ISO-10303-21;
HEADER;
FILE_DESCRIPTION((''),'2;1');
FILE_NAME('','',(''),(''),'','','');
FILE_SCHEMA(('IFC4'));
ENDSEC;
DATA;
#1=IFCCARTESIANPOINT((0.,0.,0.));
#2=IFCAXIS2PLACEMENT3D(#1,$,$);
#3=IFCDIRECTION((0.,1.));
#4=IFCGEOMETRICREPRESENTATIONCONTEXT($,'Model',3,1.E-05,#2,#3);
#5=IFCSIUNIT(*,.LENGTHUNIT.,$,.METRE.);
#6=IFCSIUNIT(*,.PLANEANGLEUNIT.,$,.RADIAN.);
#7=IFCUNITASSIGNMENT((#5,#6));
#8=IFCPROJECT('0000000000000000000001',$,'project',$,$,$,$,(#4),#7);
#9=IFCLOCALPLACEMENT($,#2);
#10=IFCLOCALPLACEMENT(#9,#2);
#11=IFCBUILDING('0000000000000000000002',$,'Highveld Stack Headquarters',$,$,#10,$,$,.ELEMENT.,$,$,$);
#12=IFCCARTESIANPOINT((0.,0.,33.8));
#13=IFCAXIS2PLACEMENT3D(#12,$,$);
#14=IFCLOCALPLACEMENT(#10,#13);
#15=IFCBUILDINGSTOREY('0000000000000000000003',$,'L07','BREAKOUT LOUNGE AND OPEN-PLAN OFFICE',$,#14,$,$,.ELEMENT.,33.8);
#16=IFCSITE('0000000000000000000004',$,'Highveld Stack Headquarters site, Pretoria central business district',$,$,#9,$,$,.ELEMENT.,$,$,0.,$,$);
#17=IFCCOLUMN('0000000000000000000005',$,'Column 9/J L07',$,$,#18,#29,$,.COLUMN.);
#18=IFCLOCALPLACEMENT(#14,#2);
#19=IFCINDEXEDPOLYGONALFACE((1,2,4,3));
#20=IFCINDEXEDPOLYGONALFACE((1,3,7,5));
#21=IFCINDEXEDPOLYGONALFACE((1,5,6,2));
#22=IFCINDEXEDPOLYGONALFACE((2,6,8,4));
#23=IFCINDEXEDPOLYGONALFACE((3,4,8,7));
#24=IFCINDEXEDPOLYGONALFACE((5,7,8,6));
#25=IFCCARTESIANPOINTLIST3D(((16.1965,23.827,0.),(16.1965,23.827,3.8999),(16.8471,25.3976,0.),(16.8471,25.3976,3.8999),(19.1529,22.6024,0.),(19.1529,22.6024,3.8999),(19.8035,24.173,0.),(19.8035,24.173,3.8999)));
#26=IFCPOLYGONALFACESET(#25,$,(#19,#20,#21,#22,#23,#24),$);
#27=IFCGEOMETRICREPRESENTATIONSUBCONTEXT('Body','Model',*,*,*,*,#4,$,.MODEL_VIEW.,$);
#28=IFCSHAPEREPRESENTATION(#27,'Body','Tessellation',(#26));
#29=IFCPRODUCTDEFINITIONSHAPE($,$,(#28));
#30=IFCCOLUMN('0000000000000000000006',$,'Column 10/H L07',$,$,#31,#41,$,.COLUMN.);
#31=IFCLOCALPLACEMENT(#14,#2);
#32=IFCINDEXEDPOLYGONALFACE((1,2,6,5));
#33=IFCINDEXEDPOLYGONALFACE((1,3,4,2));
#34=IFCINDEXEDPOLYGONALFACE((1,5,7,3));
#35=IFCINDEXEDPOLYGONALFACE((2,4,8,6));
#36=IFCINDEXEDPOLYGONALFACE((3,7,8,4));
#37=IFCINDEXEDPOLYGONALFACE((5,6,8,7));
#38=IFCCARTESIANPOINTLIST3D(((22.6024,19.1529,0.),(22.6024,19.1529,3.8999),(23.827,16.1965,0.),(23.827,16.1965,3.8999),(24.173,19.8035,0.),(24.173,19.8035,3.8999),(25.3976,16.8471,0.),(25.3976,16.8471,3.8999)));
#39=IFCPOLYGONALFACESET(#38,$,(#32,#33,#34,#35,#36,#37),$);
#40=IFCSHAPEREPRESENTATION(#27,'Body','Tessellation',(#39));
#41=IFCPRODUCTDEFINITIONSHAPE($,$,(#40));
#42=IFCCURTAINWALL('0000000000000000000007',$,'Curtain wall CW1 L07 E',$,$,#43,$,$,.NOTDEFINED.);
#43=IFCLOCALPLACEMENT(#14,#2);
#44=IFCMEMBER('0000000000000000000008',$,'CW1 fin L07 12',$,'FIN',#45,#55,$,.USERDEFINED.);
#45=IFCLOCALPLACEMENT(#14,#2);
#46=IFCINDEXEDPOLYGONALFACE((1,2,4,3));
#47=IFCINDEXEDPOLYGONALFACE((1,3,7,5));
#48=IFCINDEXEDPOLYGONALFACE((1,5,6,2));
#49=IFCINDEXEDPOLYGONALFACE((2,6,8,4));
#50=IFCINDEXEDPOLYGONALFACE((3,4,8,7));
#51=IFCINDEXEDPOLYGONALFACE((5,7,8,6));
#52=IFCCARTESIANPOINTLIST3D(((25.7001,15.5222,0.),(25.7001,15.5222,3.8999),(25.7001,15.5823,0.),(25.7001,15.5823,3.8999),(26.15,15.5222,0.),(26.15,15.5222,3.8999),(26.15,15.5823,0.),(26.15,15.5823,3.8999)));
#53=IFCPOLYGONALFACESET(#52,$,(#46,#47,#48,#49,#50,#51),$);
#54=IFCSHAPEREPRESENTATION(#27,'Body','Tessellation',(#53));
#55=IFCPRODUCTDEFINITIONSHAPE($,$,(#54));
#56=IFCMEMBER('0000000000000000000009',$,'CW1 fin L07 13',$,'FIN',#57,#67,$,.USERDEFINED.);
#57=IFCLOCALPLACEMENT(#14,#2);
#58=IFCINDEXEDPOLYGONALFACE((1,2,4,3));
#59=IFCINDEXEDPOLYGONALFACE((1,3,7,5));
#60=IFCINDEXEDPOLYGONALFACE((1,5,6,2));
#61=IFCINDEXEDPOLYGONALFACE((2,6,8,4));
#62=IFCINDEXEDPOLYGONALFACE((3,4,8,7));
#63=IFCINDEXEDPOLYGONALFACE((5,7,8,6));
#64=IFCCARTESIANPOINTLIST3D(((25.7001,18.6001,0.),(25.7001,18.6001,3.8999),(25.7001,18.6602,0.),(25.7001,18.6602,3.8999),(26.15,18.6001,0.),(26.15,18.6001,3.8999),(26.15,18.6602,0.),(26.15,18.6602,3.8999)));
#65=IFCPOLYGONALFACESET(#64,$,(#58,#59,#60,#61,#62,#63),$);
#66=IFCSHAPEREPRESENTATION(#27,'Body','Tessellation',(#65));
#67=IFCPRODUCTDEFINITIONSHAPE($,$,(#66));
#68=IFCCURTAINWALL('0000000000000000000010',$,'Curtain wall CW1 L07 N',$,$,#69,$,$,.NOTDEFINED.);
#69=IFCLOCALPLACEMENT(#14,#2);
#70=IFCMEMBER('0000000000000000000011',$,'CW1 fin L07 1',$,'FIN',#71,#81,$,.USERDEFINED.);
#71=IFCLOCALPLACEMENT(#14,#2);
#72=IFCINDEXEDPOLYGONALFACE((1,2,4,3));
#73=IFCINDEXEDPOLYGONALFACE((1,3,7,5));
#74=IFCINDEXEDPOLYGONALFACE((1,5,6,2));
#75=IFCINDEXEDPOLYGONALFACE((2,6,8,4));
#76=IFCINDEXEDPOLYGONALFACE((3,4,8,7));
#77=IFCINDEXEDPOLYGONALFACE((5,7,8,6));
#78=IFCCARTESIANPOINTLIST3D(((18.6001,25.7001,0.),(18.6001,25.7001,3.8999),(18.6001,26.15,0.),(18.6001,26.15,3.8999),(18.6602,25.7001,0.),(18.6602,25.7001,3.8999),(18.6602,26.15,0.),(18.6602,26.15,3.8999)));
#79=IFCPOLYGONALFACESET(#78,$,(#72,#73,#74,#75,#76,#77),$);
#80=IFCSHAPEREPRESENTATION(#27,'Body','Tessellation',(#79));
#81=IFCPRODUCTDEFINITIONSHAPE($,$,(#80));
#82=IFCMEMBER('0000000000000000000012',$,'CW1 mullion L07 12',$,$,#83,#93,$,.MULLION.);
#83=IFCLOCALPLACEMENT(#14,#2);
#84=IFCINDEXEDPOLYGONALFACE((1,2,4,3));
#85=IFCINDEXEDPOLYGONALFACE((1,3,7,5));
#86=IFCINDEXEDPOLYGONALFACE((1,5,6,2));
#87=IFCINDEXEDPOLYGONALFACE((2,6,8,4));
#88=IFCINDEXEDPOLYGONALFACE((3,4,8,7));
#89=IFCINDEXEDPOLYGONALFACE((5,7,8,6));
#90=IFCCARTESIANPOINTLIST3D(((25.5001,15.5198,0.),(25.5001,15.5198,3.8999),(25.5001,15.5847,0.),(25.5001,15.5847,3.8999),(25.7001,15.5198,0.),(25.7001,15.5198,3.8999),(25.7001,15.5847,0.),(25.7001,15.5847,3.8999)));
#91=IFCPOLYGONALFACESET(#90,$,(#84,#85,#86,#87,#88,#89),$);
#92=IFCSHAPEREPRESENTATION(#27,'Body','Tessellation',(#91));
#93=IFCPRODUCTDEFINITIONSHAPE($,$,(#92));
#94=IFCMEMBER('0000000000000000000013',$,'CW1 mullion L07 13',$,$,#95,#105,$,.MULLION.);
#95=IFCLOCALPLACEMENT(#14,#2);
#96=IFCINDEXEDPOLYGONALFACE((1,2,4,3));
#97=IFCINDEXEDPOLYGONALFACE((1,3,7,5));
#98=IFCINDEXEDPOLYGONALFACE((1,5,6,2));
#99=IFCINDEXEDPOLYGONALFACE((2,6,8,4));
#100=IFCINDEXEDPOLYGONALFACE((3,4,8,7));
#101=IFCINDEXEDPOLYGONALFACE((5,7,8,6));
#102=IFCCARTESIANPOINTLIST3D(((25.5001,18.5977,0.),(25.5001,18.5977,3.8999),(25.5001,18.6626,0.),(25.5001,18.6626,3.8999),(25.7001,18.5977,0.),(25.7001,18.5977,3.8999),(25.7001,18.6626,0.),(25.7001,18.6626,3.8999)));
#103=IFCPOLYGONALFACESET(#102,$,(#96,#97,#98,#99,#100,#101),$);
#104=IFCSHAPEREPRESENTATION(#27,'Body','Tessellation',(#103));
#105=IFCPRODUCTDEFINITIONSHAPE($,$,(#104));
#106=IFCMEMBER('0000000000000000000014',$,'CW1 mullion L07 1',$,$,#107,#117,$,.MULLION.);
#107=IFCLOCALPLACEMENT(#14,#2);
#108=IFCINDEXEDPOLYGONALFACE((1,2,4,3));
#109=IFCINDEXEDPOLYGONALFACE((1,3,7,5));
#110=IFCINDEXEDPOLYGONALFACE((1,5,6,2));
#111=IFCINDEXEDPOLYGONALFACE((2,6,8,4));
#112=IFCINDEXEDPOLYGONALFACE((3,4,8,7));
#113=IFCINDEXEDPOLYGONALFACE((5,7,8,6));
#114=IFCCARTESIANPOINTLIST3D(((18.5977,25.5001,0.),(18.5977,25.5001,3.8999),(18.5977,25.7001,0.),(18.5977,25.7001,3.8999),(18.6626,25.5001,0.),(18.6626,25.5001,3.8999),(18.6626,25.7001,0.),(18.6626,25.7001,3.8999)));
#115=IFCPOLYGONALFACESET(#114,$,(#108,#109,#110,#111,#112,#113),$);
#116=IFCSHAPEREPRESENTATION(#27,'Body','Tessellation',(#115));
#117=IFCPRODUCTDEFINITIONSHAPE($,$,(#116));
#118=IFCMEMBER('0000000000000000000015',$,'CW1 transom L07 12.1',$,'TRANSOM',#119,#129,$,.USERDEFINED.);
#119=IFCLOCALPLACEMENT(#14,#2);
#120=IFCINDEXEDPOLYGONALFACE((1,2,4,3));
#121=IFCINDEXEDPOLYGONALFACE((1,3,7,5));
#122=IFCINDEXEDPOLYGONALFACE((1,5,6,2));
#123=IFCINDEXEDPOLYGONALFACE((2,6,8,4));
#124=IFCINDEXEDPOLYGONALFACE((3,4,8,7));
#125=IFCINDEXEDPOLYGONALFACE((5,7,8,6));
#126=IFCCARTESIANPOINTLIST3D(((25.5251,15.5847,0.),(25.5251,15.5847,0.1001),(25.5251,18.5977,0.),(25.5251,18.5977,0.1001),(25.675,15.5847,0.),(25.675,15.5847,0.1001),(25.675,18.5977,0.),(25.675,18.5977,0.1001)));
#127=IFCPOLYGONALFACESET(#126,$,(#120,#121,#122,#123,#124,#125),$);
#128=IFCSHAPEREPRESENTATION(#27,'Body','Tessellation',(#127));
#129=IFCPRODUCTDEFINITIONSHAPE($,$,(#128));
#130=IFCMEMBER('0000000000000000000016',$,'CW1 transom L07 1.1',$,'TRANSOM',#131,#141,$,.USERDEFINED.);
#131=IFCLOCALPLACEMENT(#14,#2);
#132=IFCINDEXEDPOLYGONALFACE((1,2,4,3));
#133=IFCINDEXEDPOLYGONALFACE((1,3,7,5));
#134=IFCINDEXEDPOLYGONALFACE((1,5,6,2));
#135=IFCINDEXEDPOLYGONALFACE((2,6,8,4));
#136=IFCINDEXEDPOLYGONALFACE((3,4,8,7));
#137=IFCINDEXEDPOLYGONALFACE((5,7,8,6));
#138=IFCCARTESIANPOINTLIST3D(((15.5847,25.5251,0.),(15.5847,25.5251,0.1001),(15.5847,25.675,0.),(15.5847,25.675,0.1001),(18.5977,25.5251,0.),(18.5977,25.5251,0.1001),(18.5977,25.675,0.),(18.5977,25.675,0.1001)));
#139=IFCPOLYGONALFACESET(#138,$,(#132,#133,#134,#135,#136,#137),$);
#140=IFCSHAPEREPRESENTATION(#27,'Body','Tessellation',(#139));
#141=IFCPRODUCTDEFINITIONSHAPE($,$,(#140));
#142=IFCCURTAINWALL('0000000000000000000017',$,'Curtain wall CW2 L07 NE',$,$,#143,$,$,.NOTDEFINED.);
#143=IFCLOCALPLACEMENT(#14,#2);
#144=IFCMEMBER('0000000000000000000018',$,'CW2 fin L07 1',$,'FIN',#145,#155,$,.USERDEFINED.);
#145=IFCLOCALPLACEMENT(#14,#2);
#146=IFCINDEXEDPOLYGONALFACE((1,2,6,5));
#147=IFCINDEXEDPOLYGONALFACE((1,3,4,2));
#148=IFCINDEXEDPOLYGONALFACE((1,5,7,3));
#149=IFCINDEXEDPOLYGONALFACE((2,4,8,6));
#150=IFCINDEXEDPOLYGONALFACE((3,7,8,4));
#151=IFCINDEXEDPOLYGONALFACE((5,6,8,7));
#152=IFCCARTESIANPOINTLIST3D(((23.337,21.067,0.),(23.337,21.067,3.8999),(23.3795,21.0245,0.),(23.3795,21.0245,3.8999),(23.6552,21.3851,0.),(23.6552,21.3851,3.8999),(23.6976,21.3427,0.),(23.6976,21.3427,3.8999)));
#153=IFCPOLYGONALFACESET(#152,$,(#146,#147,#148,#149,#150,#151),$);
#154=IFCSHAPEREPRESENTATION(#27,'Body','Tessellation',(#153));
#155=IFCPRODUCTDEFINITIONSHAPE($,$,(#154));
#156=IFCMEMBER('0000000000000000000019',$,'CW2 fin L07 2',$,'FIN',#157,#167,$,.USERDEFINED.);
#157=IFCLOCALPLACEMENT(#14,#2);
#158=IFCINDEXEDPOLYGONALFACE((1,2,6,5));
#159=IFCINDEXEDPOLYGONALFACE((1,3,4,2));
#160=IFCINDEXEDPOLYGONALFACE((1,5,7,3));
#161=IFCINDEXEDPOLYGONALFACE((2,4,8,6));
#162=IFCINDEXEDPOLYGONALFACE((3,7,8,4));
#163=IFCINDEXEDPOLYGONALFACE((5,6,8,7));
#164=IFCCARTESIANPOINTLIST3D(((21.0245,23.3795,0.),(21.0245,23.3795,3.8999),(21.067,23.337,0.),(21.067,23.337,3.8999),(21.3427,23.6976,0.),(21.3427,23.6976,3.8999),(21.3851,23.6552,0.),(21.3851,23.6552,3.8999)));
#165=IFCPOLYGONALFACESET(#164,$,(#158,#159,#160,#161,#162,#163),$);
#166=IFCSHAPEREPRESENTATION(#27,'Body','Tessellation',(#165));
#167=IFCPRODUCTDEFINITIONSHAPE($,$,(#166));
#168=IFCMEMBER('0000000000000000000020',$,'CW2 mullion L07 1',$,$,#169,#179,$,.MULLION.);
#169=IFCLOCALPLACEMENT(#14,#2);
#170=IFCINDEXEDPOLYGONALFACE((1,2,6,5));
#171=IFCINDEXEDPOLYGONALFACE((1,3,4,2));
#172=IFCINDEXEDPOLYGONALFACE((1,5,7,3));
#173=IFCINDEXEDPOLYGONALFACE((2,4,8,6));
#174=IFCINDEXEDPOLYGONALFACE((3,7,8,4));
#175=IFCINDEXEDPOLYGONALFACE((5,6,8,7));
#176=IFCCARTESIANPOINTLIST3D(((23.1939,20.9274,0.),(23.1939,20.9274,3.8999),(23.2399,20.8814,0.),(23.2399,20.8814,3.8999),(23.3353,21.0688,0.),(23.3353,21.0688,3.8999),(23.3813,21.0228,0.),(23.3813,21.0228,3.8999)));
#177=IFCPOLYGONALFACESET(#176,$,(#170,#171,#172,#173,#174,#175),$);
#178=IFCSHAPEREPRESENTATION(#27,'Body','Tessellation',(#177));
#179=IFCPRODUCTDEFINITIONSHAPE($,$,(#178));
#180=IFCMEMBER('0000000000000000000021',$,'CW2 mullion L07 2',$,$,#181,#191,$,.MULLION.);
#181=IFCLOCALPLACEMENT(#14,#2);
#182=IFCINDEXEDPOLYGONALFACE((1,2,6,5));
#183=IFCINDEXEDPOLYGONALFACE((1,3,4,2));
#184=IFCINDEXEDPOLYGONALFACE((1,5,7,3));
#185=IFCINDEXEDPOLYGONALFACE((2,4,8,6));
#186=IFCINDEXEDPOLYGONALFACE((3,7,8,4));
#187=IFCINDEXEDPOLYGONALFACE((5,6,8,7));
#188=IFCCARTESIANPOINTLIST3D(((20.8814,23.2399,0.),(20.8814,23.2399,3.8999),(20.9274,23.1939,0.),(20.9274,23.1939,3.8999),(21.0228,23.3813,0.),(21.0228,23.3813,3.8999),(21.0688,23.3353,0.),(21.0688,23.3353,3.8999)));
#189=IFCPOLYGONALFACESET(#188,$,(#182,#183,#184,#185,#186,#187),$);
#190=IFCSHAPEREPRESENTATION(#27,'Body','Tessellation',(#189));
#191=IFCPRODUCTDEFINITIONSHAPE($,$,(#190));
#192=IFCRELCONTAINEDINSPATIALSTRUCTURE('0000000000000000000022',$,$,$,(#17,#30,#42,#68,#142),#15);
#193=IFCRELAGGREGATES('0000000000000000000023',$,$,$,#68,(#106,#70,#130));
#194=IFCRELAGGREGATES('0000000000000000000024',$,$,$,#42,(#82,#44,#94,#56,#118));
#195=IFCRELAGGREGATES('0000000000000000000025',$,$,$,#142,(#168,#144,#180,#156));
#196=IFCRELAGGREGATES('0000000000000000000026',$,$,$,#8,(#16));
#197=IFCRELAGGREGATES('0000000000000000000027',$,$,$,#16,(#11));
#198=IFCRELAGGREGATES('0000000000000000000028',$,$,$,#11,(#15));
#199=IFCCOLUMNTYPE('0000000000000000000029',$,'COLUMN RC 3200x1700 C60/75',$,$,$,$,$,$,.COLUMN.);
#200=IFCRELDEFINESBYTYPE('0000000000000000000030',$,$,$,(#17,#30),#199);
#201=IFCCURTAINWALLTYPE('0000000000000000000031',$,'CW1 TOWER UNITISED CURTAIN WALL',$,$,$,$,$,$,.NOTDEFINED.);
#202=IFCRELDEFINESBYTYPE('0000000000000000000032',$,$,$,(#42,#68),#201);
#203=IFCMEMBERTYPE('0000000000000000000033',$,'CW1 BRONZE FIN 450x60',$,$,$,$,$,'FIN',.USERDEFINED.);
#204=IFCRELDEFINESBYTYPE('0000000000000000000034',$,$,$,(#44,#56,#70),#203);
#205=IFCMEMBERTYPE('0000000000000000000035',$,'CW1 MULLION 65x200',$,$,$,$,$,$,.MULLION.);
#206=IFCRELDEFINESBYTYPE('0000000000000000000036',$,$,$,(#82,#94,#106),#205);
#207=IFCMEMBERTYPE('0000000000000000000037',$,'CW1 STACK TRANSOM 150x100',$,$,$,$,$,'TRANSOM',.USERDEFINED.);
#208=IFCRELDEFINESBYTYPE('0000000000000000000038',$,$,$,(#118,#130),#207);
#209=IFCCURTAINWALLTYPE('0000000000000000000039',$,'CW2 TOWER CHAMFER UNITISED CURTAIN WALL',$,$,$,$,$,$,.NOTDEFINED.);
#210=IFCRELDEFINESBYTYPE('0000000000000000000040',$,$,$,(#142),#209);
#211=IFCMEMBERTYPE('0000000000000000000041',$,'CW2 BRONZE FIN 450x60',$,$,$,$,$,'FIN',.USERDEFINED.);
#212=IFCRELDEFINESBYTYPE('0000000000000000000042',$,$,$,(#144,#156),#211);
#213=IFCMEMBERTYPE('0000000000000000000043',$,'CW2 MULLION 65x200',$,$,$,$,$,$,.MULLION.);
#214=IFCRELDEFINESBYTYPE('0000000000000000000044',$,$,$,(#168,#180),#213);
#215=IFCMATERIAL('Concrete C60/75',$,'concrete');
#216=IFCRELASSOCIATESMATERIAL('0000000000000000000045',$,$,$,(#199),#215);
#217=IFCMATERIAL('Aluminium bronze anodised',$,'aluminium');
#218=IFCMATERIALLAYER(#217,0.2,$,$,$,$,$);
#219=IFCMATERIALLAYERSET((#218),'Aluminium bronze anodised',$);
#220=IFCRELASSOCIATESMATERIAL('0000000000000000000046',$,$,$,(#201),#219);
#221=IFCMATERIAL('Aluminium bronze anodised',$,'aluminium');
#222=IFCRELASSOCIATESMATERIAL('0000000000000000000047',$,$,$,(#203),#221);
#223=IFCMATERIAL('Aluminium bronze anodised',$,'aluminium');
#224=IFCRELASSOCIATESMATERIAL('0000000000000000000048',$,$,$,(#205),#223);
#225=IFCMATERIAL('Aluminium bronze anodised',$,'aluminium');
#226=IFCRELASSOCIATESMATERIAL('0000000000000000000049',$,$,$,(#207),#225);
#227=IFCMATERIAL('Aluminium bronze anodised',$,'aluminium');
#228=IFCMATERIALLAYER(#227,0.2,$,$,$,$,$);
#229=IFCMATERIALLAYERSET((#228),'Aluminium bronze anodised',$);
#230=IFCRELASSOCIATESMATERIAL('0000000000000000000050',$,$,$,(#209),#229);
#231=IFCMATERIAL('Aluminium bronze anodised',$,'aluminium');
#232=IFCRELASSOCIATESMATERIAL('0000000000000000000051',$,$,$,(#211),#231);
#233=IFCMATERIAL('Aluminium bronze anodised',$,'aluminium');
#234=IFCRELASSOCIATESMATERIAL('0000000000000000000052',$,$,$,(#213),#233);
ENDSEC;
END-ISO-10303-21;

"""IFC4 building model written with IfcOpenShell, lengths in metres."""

from ifc_helpers import new_model, si_unit, direction, frame, origin, origin_2d, place, context, subcontext, project, spatial, rectangle, extrude, material, layer, layer_set, material_profile, profile_set, type_object, element, aggregate, save


model = new_model("IFC4")

# Units and contexts
model_context = context("Model", 3, precision=1e-05, world=origin(), true_north=direction((0.0, 1.0)))
body_context = subcontext(model_context, "Body", "Model", "MODEL_VIEW")
ifc_project = project(units=[si_unit("LENGTHUNIT", "METRE"), si_unit("PLANEANGLEUNIT", "RADIAN")], contexts=[model_context])

# Site, building, storey
site_placement = place(None, origin())
site = spatial("IfcSite", under=ifc_project, at=site_placement, Name="Highveld Stack Headquarters site, Pretoria central business district", CompositionType="ELEMENT", RefElevation=0.0)
building_placement = place(site_placement, origin())
building = spatial("IfcBuilding", under=site, at=building_placement, Name="Highveld Stack Headquarters", CompositionType="ELEMENT")
storey_placement = place(building_placement, frame((0.0, 0.0, 33.8)))
storey = spatial("IfcBuildingStorey", under=building, at=storey_placement, Name="L07", Description="BREAKOUT LOUNGE AND OPEN-PLAN OFFICE", CompositionType="ELEMENT", Elevation=33.8)

# Columns
ifc_material_1 = material(Name="Concrete C60/75", Category="concrete")
ifc_material_profile_1 = material_profile(ifc_material_1, rectangle(XDim=3.2, YDim=1.7, at=origin_2d()), Name="RC 3200x1700")
ifc_profile_set_1 = profile_set([ifc_material_profile_1], Name="Concrete C60/75")
column_type = type_object("IfcColumnType", Name="COLUMN RC 3200x1700 C60/75", PredefinedType="COLUMN", material=ifc_profile_set_1)
for number, where, z_axis, x_axis, name in (
    (1, (18.0, 24.0, 0.0), (0.0, 0.0, 1.0), (0.92388, -0.382683, 0.0), "Column 9/J L07"),
    (2, (24.0, 18.0, 0.0), (0.0, 0.0, 1.0), (0.382683, -0.92388, 0.0), "Column 10/H L07"),
):
    element("IfcColumn", number, at=place(storey_placement, frame(where, z_axis=z_axis, x_axis=x_axis)), inside=storey, type_object=column_type, Name=name, PredefinedType="COLUMN", context=body_context, shape_type="SweptSolid", body=[
        extrude(rectangle(XDim=3.2, YDim=1.7, at=origin_2d()), origin(), (0.0, 0.0, 1.0), 3.8999),
    ])

# Curtain wall, members
ifc_material_2 = material(Name="Aluminium bronze anodised", Category="aluminium")
ifc_layer_1 = layer(ifc_material_2, 0.2)
ifc_layer_set_1 = layer_set([ifc_layer_1], Name="Aluminium bronze anodised")
curtain_wall_type_1 = type_object("IfcCurtainWallType", Name="CW1 TOWER UNITISED CURTAIN WALL", PredefinedType="NOTDEFINED", material=ifc_layer_set_1)
curtain_wall_1_placement = place(storey_placement, origin())
curtain_wall_1 = element("IfcCurtainWall", 3, at=curtain_wall_1_placement, inside=storey, type_object=curtain_wall_type_1, Name="Curtain wall CW1 L07 E", PredefinedType="NOTDEFINED")
ifc_material_3 = material(Name="Aluminium bronze anodised", Category="aluminium")
ifc_material_profile_2 = material_profile(ifc_material_3, rectangle(XDim=0.45, YDim=0.0601, at=origin_2d()), Name="FIN 450x60")
ifc_profile_set_2 = profile_set([ifc_material_profile_2], Name="Aluminium bronze anodised")
member_type_1 = type_object("IfcMemberType", Name="CW1 BRONZE FIN 450x60", ElementType="FIN", PredefinedType="USERDEFINED", material=ifc_profile_set_2)
member_1_placement = place(storey_placement, frame((25.925, 15.5522, 0.0), z_axis=(0.0, 0.0, 1.0), x_axis=(-1.0, 0.0, 0.0)))
member_1 = element("IfcMember", 4, at=member_1_placement, type_object=member_type_1, Name="CW1 fin L07 12", ObjectType="FIN", PredefinedType="USERDEFINED", context=body_context, shape_type="SweptSolid", body=[
    extrude(rectangle(XDim=0.45, YDim=0.0601, at=origin_2d()), origin(), (0.0, 0.0, 1.0), 3.8999),
])
member_2_placement = place(storey_placement, frame((25.925, 18.6301, 0.0), z_axis=(0.0, 0.0, 1.0), x_axis=(-1.0, 0.0, 0.0)))
member_2 = element("IfcMember", 5, at=member_2_placement, type_object=member_type_1, Name="CW1 fin L07 13", ObjectType="FIN", PredefinedType="USERDEFINED", context=body_context, shape_type="SweptSolid", body=[
    extrude(rectangle(XDim=0.45, YDim=0.0601, at=origin_2d()), origin(), (0.0, 0.0, 1.0), 3.8999),
])

# Curtain wall, member
curtain_wall_2_placement = place(storey_placement, origin())
curtain_wall_2 = element("IfcCurtainWall", 6, at=curtain_wall_2_placement, inside=storey, type_object=curtain_wall_type_1, Name="Curtain wall CW1 L07 N", PredefinedType="NOTDEFINED")
member_3_placement = place(storey_placement, frame((18.6301, 25.925, 0.0), z_axis=(0.0, 0.0, 1.0), x_axis=(0.0, -1.0, 0.0)))
member_3 = element("IfcMember", 7, at=member_3_placement, type_object=member_type_1, Name="CW1 fin L07 1", ObjectType="FIN", PredefinedType="USERDEFINED", context=body_context, shape_type="SweptSolid", body=[
    extrude(rectangle(XDim=0.45, YDim=0.0601, at=origin_2d()), origin(), (0.0, 0.0, 1.0), 3.8999),
])

# Members
ifc_material_4 = material(Name="Aluminium bronze anodised", Category="aluminium")
ifc_material_profile_3 = material_profile(ifc_material_4, rectangle(XDim=0.2, YDim=0.0649, at=origin_2d()), Name="CW1 MULLION 65x200")
ifc_profile_set_3 = profile_set([ifc_material_profile_3], Name="Aluminium bronze anodised")
member_type_2 = type_object("IfcMemberType", Name="CW1 MULLION 65x200", PredefinedType="MULLION", material=ifc_profile_set_3)
member_4_placement = place(storey_placement, frame((25.6001, 15.5522, 0.0), z_axis=(0.0, 0.0, 1.0), x_axis=(-1.0, 0.0, 0.0)))
member_4 = element("IfcMember", 8, at=member_4_placement, type_object=member_type_2, Name="CW1 mullion L07 12", PredefinedType="MULLION", context=body_context, shape_type="SweptSolid", body=[
    extrude(rectangle(XDim=0.2, YDim=0.0649, at=origin_2d()), origin(), (0.0, 0.0, 1.0), 3.8999),
])
member_5_placement = place(storey_placement, frame((25.6001, 18.6301, 0.0), z_axis=(0.0, 0.0, 1.0), x_axis=(-1.0, 0.0, 0.0)))
member_5 = element("IfcMember", 9, at=member_5_placement, type_object=member_type_2, Name="CW1 mullion L07 13", PredefinedType="MULLION", context=body_context, shape_type="SweptSolid", body=[
    extrude(rectangle(XDim=0.2, YDim=0.0649, at=origin_2d()), origin(), (0.0, 0.0, 1.0), 3.8999),
])
member_6_placement = place(storey_placement, frame((18.6301, 25.6001, 0.0), z_axis=(0.0, 0.0, 1.0), x_axis=(0.0, -1.0, 0.0)))
member_6 = element("IfcMember", 10, at=member_6_placement, type_object=member_type_2, Name="CW1 mullion L07 1", PredefinedType="MULLION", context=body_context, shape_type="SweptSolid", body=[
    extrude(rectangle(XDim=0.2, YDim=0.0649, at=origin_2d()), origin(), (0.0, 0.0, 1.0), 3.8999),
])
ifc_material_5 = material(Name="Aluminium bronze anodised", Category="aluminium")
ifc_material_profile_4 = material_profile(ifc_material_5, rectangle(XDim=0.1499, YDim=0.1001, at=origin_2d()), Name="CW1 TRANSOM 150x100")
ifc_profile_set_4 = profile_set([ifc_material_profile_4], Name="Aluminium bronze anodised")
member_type_3 = type_object("IfcMemberType", Name="CW1 STACK TRANSOM 150x100", ElementType="TRANSOM", PredefinedType="USERDEFINED", material=ifc_profile_set_4)
member_7_placement = place(storey_placement, frame((25.6001, 15.5847, 0.05), z_axis=(0.0, 1.0, 0.0), x_axis=(-1.0, 0.0, 0.0)))
member_7 = element("IfcMember", 11, at=member_7_placement, type_object=member_type_3, Name="CW1 transom L07 12.1", ObjectType="TRANSOM", PredefinedType="USERDEFINED", context=body_context, shape_type="SweptSolid", body=[
    extrude(rectangle(XDim=0.1499, YDim=0.1001, at=origin_2d()), origin(), (0.0, 0.0, 1.0), 3.0129),
])
member_8_placement = place(storey_placement, frame((18.5977, 25.6001, 0.05), z_axis=(-1.0, 0.0, 0.0), x_axis=(0.0, -1.0, 0.0)))
member_8 = element("IfcMember", 12, at=member_8_placement, type_object=member_type_3, Name="CW1 transom L07 1.1", ObjectType="TRANSOM", PredefinedType="USERDEFINED", context=body_context, shape_type="SweptSolid", body=[
    extrude(rectangle(XDim=0.1499, YDim=0.1001, at=origin_2d()), origin(), (0.0, 0.0, 1.0), 3.0129),
])
aggregate(curtain_wall_2, [member_6, member_3, member_8])

# Curtain wall, members
ifc_material_6 = material(Name="Aluminium bronze anodised", Category="aluminium")
ifc_layer_2 = layer(ifc_material_6, 0.2)
ifc_layer_set_2 = layer_set([ifc_layer_2], Name="Aluminium bronze anodised")
curtain_wall_type_2 = type_object("IfcCurtainWallType", Name="CW2 TOWER CHAMFER UNITISED CURTAIN WALL", PredefinedType="NOTDEFINED", material=ifc_layer_set_2)
curtain_wall_3_placement = place(storey_placement, origin())
curtain_wall_3 = element("IfcCurtainWall", 13, at=curtain_wall_3_placement, inside=storey, type_object=curtain_wall_type_2, Name="Curtain wall CW2 L07 NE", PredefinedType="NOTDEFINED")
ifc_material_7 = material(Name="Aluminium bronze anodised", Category="aluminium")
ifc_material_profile_5 = material_profile(ifc_material_7, rectangle(XDim=0.45, YDim=0.0601, at=origin_2d()), Name="FIN 450x60")
ifc_profile_set_5 = profile_set([ifc_material_profile_5], Name="Aluminium bronze anodised")
member_type_4 = type_object("IfcMemberType", Name="CW2 BRONZE FIN 450x60", ElementType="FIN", PredefinedType="USERDEFINED", material=ifc_profile_set_5)
member_9_placement = place(storey_placement, frame((23.5173, 21.2048, 0.0), z_axis=(0.0, 0.0, 1.0), x_axis=(-0.707107, -0.707107, 0.0)))
member_9 = element("IfcMember", 14, at=member_9_placement, type_object=member_type_4, Name="CW2 fin L07 1", ObjectType="FIN", PredefinedType="USERDEFINED", context=body_context, shape_type="SweptSolid", body=[
    extrude(rectangle(XDim=0.45, YDim=0.0601, at=origin_2d()), origin(), (0.0, 0.0, 1.0), 3.8999),
])
member_10_placement = place(storey_placement, frame((21.2048, 23.5173, 0.0), z_axis=(0.0, 0.0, 1.0), x_axis=(-0.707107, -0.707107, 0.0)))
member_10 = element("IfcMember", 15, at=member_10_placement, type_object=member_type_4, Name="CW2 fin L07 2", ObjectType="FIN", PredefinedType="USERDEFINED", context=body_context, shape_type="SweptSolid", body=[
    extrude(rectangle(XDim=0.45, YDim=0.0601, at=origin_2d()), origin(), (0.0, 0.0, 1.0), 3.8999),
])
ifc_material_8 = material(Name="Aluminium bronze anodised", Category="aluminium")
ifc_material_profile_6 = material_profile(ifc_material_8, rectangle(XDim=0.2, YDim=0.0649, at=origin_2d()), Name="CW2 MULLION 65x200")
ifc_profile_set_6 = profile_set([ifc_material_profile_6], Name="Aluminium bronze anodised")
member_type_5 = type_object("IfcMemberType", Name="CW2 MULLION 65x200", PredefinedType="MULLION", material=ifc_profile_set_6)
member_11_placement = place(storey_placement, frame((23.2876, 20.9751, 0.0), z_axis=(0.0, 0.0, 1.0), x_axis=(-0.707107, -0.707107, 0.0)))
member_11 = element("IfcMember", 16, at=member_11_placement, type_object=member_type_5, Name="CW2 mullion L07 1", PredefinedType="MULLION", context=body_context, shape_type="SweptSolid", body=[
    extrude(rectangle(XDim=0.2, YDim=0.0649, at=origin_2d()), origin(), (0.0, 0.0, 1.0), 3.8999),
])
member_12_placement = place(storey_placement, frame((20.9751, 23.2876, 0.0), z_axis=(0.0, 0.0, 1.0), x_axis=(-0.707107, -0.707107, 0.0)))
member_12 = element("IfcMember", 17, at=member_12_placement, type_object=member_type_5, Name="CW2 mullion L07 2", PredefinedType="MULLION", context=body_context, shape_type="SweptSolid", body=[
    extrude(rectangle(XDim=0.2, YDim=0.0649, at=origin_2d()), origin(), (0.0, 0.0, 1.0), 3.8999),
])

aggregate(curtain_wall_1, [member_4, member_1, member_5, member_2, member_7])
aggregate(curtain_wall_3, [member_11, member_9, member_12, member_10])

save(model, "model.ifc")
